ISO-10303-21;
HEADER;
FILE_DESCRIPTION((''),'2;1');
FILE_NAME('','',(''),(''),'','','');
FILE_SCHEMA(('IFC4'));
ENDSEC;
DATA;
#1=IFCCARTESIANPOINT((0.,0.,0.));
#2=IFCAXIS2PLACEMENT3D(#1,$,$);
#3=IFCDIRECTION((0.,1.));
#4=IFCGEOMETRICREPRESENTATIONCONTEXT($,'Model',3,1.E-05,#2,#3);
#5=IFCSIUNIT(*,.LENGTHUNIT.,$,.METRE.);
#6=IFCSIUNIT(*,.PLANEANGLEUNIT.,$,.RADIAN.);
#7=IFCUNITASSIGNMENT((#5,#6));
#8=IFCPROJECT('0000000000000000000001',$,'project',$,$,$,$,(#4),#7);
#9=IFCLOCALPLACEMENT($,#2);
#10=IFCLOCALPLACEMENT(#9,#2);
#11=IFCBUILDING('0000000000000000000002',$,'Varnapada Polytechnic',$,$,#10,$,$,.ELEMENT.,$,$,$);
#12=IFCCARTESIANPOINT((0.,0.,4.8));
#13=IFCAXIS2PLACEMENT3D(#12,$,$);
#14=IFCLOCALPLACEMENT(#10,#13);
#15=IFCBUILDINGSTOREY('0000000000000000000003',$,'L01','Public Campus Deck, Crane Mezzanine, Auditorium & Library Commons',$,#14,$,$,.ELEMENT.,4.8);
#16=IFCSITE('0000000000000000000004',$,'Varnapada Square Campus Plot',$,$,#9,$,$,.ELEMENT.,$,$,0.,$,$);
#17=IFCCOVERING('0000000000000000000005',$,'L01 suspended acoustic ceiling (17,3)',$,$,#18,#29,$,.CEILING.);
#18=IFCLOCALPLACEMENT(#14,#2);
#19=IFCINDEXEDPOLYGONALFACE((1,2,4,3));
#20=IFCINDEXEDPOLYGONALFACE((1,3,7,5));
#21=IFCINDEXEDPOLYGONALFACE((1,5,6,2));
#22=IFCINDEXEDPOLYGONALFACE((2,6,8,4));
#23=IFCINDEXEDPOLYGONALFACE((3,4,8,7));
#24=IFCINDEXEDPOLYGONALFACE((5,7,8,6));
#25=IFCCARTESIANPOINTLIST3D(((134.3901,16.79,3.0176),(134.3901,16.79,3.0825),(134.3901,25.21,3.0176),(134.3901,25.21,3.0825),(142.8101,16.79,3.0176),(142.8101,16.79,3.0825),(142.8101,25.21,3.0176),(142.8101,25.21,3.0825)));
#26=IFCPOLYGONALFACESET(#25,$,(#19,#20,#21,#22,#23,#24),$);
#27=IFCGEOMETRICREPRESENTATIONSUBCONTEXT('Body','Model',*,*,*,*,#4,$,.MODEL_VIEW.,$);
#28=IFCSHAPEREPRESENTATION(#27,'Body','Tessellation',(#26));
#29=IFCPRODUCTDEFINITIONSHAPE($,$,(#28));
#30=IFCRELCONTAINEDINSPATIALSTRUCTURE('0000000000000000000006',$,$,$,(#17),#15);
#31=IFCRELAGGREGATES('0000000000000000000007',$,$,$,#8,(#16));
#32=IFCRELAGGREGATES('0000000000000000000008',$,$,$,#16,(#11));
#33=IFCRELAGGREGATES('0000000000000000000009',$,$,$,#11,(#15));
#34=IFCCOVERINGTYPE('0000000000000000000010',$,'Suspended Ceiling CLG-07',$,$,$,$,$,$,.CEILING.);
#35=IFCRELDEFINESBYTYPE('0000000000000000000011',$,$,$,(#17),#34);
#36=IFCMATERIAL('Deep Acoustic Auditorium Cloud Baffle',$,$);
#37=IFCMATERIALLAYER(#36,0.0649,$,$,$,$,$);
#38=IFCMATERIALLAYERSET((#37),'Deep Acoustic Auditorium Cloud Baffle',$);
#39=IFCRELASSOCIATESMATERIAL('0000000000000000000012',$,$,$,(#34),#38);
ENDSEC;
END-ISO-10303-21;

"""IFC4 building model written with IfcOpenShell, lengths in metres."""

from ifc_helpers import new_model, si_unit, direction, frame, origin, origin_2d, place, context, subcontext, project, spatial, rectangle, extrude, material, layer, layer_set, type_object, element, save


model = new_model("IFC4")

# Units and contexts
model_context = context("Model", 3, precision=1e-05, world=origin(), true_north=direction((0.0, 1.0)))
body_context = subcontext(model_context, "Body", "Model", "MODEL_VIEW")
ifc_project = project(units=[si_unit("LENGTHUNIT", "METRE"), si_unit("PLANEANGLEUNIT", "RADIAN")], contexts=[model_context])

# Site, building, storey
site_placement = place(None, origin())
site = spatial("IfcSite", under=ifc_project, at=site_placement, Name="Varnapada Square Campus Plot", CompositionType="ELEMENT", RefElevation=0.0)
building_placement = place(site_placement, origin())
building = spatial("IfcBuilding", under=site, at=building_placement, Name="Varnapada Polytechnic", CompositionType="ELEMENT")
storey_placement = place(building_placement, frame((0.0, 0.0, 4.8)))
storey = spatial("IfcBuildingStorey", under=building, at=storey_placement, Name="L01", Description="Public Campus Deck, Crane Mezzanine, Auditorium & Library Commons", CompositionType="ELEMENT", Elevation=4.8)

# Covering
ifc_material_1 = material(Name="Deep Acoustic Auditorium Cloud Baffle")
ifc_layer_1 = layer(ifc_material_1, 0.0649)
ifc_layer_set_1 = layer_set([ifc_layer_1], Name="Deep Acoustic Auditorium Cloud Baffle")
covering_type_1 = type_object("IfcCoveringType", Name="Suspended Ceiling CLG-07", PredefinedType="CEILING", material=ifc_layer_set_1)
covering_1_placement = place(storey_placement, frame((138.6001, 21.0, 3.0176), z_axis=(0.0, 0.0, 1.0), x_axis=(1.0, 0.0, 0.0)))
element("IfcCovering", 1, at=covering_1_placement, inside=storey, type_object=covering_type_1, Name="L01 suspended acoustic ceiling (17,3)", PredefinedType="CEILING", context=body_context, shape_type="SweptSolid", body=[
    extrude(rectangle(XDim=8.4199, YDim=8.4199, at=origin_2d()), origin(), (0.0, 0.0, 1.0), 0.0649),
])

save(model, "model.ifc")
